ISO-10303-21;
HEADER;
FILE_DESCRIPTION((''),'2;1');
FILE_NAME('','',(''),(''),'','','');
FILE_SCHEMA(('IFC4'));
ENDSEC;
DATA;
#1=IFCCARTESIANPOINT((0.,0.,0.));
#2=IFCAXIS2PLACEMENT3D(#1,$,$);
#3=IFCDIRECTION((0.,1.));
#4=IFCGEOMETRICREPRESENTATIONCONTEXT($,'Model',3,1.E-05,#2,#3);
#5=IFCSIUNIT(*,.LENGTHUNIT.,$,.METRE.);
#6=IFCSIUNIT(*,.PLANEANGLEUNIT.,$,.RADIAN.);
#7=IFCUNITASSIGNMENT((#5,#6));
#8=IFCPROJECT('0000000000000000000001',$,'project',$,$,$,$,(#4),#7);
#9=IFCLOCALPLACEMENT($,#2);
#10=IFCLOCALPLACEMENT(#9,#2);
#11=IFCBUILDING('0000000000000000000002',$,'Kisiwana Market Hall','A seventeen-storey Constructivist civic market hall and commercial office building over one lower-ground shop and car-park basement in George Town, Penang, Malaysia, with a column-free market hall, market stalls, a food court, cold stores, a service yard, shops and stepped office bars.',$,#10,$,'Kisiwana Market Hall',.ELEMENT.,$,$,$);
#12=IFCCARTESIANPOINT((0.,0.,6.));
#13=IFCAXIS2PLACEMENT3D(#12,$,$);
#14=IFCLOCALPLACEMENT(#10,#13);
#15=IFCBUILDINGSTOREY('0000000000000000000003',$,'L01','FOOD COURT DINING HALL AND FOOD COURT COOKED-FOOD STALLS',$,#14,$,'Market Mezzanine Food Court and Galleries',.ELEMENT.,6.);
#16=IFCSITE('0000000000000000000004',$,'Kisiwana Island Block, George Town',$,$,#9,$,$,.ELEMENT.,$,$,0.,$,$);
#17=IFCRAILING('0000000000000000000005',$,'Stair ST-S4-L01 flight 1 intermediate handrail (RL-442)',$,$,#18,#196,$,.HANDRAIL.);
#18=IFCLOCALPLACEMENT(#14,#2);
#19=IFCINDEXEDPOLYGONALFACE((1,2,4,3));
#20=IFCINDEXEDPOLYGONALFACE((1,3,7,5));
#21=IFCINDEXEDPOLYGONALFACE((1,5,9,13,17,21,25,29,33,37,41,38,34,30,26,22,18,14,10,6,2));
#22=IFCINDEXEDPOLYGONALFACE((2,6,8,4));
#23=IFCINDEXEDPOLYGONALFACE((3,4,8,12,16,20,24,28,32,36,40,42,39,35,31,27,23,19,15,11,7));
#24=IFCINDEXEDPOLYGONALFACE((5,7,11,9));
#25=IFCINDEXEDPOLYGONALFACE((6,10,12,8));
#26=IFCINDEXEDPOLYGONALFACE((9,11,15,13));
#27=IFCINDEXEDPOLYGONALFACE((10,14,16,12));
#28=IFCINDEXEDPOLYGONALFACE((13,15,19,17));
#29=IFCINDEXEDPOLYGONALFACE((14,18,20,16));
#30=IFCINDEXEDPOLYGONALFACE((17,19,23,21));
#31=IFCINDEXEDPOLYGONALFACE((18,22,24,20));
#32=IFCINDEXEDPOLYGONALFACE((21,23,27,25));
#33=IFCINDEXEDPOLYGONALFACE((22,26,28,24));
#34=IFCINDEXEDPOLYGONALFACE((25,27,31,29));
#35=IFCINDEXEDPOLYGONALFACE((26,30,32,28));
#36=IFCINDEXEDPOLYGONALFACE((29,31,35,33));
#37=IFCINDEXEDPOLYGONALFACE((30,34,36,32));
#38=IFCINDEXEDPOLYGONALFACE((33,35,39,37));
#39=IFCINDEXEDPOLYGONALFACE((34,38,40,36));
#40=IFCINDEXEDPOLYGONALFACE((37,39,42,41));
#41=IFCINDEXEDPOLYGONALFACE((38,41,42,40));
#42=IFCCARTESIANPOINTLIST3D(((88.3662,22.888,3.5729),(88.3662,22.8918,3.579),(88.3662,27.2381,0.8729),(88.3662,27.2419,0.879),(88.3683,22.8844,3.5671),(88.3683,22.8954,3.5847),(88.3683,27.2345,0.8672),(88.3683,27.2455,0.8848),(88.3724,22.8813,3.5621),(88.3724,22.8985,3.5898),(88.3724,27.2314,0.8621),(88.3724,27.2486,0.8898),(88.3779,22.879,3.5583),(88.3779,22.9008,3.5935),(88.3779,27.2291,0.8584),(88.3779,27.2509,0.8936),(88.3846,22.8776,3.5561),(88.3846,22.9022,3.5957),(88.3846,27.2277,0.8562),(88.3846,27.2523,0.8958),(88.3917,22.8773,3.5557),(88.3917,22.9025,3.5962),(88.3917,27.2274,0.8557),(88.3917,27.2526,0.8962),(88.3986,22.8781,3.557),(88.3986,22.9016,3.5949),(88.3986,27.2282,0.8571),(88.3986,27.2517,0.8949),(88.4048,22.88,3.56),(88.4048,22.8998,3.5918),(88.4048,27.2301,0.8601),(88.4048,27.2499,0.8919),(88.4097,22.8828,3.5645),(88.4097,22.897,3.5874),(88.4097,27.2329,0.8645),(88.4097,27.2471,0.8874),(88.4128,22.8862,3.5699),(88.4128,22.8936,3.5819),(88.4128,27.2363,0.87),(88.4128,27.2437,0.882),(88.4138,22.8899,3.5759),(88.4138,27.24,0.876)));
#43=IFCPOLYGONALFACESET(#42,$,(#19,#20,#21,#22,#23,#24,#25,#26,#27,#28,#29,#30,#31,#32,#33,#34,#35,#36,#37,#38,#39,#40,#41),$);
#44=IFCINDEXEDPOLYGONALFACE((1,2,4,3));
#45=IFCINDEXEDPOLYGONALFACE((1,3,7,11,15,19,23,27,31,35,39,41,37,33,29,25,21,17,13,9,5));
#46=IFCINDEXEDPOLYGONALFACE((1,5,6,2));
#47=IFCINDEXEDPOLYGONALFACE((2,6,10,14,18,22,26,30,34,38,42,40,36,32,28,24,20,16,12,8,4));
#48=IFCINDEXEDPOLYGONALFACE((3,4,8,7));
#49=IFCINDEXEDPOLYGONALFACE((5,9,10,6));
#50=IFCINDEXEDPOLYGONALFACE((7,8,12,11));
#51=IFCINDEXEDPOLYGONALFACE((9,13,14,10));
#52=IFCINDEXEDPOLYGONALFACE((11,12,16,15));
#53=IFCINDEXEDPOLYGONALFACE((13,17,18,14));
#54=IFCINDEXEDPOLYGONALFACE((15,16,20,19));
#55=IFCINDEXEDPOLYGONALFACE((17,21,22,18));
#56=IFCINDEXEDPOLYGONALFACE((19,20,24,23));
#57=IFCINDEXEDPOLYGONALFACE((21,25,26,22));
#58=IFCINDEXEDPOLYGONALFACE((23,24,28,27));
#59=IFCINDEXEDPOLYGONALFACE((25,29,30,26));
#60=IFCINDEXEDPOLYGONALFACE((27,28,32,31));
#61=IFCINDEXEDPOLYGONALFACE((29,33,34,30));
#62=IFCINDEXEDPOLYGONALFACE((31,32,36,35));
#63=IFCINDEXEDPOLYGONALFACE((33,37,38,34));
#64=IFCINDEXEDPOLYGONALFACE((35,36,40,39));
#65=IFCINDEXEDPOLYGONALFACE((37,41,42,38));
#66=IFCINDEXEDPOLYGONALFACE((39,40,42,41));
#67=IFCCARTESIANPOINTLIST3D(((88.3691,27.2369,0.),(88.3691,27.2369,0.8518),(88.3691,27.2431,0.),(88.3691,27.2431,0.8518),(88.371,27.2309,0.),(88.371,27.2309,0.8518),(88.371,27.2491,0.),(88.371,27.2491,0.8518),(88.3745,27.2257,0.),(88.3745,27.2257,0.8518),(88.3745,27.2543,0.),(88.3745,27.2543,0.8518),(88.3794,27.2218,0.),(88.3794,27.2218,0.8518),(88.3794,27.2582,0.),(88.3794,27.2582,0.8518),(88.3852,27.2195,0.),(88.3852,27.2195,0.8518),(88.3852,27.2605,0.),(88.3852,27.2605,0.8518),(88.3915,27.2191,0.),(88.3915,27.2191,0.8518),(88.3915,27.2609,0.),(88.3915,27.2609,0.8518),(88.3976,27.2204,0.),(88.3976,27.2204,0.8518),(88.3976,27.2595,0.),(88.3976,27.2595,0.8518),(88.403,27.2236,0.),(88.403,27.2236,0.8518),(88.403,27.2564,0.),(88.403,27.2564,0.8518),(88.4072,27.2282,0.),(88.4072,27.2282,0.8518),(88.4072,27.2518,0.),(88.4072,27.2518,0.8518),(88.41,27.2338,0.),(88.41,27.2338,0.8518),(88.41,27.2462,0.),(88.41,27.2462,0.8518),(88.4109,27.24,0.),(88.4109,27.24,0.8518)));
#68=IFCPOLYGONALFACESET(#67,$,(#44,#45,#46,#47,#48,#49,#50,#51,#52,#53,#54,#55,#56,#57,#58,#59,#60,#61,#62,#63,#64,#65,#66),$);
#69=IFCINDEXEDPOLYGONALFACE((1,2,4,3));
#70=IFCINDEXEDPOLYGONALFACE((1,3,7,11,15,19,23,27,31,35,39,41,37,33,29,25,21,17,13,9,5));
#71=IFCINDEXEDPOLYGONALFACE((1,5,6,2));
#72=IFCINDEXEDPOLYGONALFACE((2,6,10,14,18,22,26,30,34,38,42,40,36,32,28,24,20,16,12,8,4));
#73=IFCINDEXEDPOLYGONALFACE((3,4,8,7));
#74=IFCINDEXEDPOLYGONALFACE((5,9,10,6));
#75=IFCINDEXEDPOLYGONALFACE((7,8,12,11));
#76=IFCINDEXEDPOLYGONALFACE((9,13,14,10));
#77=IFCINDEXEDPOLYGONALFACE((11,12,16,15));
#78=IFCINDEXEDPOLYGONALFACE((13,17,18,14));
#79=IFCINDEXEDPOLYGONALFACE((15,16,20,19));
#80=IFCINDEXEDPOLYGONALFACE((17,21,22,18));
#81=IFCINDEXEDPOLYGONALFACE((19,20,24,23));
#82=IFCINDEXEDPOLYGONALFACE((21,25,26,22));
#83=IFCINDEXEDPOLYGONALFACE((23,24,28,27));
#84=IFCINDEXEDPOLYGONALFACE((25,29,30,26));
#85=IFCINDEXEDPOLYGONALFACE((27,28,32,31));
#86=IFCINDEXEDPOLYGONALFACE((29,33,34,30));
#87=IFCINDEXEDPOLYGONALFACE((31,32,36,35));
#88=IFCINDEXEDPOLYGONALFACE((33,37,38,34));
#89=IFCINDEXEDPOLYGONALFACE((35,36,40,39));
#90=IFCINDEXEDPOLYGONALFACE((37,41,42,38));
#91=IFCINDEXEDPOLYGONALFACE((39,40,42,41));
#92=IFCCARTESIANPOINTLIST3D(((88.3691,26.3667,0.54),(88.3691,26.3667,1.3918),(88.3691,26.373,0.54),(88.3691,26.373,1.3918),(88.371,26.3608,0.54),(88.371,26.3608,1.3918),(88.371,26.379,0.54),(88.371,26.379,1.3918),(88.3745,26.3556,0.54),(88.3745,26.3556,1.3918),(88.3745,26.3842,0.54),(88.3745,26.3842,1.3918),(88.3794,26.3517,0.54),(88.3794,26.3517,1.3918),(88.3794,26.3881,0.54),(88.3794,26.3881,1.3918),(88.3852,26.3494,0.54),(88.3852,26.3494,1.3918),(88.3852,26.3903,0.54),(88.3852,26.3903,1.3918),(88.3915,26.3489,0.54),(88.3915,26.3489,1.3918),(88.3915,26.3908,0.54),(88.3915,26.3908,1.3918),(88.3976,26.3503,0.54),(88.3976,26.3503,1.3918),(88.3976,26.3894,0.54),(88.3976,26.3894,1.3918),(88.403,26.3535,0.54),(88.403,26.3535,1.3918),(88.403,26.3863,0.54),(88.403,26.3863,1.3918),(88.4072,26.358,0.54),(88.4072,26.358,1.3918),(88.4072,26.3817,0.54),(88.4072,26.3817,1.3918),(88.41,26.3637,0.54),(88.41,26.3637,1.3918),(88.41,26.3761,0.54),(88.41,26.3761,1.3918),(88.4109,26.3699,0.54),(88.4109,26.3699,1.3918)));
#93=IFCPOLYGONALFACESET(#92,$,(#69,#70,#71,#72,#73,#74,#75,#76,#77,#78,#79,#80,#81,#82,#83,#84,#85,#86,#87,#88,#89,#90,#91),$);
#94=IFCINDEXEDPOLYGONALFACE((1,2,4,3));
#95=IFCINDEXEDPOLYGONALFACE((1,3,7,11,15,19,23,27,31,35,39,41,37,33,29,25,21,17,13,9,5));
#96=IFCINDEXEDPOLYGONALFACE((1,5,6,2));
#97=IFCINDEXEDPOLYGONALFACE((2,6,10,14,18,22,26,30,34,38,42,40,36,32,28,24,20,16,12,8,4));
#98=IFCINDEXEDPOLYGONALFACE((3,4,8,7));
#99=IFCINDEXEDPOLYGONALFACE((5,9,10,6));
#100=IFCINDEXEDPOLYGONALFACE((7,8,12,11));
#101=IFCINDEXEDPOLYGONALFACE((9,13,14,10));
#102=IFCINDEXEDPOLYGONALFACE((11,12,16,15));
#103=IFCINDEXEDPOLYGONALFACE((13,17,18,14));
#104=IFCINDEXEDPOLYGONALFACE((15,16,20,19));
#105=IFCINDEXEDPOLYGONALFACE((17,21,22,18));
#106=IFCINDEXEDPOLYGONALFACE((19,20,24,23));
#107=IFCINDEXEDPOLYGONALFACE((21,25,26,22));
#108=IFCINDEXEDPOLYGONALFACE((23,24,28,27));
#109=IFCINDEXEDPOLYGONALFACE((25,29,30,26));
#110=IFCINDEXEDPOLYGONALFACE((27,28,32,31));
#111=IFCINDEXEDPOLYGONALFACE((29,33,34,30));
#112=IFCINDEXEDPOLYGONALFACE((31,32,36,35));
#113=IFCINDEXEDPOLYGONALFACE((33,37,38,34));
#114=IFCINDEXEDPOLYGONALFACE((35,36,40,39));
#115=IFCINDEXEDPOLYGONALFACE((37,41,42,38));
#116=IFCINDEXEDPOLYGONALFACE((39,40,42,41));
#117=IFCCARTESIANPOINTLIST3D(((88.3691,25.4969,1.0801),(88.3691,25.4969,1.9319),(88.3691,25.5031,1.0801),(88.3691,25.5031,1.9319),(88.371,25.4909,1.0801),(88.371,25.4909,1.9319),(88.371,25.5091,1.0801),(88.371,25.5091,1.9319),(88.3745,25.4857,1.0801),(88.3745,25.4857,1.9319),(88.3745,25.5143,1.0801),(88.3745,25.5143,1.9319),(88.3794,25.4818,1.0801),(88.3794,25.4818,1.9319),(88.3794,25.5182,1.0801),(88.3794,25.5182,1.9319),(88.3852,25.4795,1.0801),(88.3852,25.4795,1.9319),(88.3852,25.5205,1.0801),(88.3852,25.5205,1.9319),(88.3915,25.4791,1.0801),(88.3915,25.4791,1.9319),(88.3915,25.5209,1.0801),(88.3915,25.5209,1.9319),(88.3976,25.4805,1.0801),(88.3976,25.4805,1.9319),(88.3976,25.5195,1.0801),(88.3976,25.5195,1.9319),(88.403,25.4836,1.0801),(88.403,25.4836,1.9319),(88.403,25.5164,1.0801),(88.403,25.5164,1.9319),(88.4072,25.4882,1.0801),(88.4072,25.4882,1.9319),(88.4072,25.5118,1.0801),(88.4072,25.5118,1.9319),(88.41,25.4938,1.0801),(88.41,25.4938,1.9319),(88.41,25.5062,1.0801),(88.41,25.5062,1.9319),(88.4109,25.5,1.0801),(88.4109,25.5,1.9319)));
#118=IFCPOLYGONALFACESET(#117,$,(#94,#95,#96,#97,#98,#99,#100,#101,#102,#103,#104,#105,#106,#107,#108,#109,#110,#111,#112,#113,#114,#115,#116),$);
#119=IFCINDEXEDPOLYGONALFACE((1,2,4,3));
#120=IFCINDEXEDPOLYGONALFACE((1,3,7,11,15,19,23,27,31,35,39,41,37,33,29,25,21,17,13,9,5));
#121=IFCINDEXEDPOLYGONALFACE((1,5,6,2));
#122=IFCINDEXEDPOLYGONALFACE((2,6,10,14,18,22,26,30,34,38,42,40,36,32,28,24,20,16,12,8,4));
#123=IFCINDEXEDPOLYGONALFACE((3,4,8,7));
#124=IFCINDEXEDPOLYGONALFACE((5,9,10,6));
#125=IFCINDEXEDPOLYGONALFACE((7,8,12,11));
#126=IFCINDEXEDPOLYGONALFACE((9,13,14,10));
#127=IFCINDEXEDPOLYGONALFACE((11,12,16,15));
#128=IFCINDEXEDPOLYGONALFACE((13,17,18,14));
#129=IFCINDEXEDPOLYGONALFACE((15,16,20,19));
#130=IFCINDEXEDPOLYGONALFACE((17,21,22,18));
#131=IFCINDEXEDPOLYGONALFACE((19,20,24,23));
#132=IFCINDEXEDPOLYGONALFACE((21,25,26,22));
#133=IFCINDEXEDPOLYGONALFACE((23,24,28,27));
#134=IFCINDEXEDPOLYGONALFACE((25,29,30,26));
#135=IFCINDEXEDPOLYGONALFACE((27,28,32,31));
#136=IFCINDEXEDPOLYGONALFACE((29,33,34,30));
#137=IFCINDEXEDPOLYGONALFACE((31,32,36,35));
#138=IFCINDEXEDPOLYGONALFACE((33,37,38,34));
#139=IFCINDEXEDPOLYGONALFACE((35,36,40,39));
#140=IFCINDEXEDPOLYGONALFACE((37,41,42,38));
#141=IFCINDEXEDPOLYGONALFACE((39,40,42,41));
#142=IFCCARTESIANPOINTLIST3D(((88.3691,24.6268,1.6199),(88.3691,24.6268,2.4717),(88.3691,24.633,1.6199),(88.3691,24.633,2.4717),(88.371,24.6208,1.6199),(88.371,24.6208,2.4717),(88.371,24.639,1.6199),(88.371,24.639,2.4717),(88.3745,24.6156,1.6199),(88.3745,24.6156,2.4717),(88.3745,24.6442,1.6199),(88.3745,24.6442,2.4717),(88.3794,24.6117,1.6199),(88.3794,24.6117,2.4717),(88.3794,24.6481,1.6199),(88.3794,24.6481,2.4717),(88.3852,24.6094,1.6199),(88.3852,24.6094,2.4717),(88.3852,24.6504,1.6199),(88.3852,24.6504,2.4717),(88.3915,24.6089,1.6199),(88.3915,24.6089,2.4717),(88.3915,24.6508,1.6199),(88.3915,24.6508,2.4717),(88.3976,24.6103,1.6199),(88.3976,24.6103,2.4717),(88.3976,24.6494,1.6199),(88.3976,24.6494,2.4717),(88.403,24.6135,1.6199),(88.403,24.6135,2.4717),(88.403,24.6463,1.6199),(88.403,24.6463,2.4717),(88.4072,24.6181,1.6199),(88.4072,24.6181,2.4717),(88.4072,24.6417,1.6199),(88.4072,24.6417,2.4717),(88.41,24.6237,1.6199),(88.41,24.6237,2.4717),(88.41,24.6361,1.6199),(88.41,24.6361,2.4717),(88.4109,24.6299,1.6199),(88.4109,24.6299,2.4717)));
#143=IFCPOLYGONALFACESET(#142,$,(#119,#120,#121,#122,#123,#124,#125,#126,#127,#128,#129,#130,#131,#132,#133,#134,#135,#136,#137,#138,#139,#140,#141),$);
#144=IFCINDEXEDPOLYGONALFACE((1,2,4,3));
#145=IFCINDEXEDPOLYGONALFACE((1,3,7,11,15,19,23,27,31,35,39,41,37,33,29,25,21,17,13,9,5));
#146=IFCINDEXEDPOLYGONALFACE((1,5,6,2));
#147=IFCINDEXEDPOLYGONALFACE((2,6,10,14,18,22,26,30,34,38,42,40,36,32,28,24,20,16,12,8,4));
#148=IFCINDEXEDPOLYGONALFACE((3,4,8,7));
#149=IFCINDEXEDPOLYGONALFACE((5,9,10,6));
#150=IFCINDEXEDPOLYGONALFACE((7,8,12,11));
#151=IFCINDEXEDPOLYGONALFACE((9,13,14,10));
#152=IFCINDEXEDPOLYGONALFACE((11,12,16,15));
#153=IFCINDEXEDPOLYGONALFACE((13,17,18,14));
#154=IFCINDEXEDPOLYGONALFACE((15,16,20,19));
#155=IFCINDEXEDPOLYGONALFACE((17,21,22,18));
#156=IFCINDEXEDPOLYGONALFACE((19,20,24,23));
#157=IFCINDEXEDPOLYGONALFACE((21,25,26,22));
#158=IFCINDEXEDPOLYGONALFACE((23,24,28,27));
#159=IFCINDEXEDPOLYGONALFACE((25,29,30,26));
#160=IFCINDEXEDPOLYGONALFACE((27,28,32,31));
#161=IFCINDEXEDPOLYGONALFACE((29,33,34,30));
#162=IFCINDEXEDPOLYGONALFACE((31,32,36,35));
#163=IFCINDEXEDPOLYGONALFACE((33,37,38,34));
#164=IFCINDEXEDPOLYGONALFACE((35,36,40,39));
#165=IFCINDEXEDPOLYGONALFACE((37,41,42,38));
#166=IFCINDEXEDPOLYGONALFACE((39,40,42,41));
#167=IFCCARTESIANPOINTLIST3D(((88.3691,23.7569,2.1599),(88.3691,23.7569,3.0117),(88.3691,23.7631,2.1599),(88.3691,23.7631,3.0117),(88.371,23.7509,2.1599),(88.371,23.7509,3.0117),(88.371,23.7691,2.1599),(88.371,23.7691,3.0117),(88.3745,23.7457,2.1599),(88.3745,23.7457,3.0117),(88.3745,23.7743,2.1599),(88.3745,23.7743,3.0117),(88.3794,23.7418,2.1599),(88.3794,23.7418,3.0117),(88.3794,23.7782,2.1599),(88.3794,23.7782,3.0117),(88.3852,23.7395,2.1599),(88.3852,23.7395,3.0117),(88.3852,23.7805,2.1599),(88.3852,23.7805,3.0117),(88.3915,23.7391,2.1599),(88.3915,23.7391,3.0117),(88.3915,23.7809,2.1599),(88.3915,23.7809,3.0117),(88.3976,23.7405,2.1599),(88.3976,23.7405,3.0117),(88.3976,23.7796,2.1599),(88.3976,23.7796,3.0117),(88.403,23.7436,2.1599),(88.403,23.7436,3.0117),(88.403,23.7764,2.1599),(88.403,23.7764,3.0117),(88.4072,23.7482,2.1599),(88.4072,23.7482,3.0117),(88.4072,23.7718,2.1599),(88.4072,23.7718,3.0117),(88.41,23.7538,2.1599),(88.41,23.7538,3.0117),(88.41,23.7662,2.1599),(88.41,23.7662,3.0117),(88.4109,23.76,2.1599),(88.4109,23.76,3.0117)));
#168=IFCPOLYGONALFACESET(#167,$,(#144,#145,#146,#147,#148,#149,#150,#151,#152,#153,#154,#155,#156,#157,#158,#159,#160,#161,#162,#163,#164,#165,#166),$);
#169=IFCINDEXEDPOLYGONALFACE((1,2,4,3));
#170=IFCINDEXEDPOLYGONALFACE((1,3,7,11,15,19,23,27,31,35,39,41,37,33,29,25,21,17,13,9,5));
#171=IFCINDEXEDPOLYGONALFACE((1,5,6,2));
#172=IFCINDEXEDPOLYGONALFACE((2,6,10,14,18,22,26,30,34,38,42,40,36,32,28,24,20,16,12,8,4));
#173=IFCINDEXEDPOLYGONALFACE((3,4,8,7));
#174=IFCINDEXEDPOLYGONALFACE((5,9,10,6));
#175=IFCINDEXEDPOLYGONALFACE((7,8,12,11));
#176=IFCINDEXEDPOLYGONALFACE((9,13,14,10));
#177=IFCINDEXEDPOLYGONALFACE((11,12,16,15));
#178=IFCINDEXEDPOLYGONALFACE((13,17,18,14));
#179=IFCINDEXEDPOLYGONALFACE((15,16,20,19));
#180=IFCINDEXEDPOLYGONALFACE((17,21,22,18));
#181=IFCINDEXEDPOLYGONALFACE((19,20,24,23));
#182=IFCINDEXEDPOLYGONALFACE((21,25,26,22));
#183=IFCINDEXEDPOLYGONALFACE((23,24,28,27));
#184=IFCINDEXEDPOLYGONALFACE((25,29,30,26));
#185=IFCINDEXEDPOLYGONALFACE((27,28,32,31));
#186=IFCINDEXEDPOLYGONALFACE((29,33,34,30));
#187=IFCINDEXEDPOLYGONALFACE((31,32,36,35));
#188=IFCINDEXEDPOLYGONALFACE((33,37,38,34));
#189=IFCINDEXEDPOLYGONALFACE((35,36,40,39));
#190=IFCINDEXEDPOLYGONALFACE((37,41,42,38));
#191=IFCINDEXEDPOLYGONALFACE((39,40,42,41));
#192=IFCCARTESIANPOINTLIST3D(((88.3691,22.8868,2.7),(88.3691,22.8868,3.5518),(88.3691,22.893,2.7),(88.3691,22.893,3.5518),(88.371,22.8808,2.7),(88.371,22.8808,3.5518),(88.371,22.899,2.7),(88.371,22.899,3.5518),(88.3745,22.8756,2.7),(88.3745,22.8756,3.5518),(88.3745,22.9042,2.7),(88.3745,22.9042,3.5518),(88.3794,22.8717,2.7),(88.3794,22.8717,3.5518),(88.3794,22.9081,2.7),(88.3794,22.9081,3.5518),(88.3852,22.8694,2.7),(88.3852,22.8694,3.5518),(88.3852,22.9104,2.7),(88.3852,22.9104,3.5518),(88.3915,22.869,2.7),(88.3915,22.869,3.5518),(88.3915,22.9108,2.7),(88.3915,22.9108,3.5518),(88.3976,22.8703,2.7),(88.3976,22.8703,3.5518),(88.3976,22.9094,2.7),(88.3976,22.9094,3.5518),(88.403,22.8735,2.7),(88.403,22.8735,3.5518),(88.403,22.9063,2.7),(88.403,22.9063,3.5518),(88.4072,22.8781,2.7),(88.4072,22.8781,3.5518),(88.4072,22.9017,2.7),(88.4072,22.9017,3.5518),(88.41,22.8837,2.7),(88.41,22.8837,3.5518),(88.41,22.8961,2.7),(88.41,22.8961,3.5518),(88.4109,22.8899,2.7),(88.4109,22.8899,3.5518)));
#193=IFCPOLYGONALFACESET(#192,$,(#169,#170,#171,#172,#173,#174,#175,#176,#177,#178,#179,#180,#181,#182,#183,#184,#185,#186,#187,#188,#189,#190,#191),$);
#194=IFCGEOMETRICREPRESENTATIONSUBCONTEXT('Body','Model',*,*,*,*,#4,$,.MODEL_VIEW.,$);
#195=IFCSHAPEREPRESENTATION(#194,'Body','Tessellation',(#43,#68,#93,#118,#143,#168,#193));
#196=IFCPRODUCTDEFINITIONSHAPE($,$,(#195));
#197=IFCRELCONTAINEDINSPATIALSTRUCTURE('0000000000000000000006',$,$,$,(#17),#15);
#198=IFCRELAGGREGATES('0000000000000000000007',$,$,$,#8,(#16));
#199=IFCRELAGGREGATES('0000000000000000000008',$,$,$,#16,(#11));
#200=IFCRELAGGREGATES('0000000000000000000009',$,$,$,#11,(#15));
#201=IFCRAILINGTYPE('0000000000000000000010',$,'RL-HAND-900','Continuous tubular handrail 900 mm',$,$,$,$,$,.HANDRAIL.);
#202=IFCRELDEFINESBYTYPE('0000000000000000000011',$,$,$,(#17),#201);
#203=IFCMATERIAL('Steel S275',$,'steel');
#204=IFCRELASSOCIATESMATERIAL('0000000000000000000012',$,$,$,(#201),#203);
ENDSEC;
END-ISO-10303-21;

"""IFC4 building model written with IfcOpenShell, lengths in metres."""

from ifc_helpers import new_model, si_unit, direction, frame, origin, origin_2d, place, context, subcontext, project, spatial, circle, extrude, material, type_object, element, save


model = new_model("IFC4")

# Units and contexts
model_context = context("Model", 3, precision=1e-05, world=origin(), true_north=direction((0.0, 1.0)))
body_context = subcontext(model_context, "Body", "Model", "MODEL_VIEW")
ifc_project = project(units=[si_unit("LENGTHUNIT", "METRE"), si_unit("PLANEANGLEUNIT", "RADIAN")], contexts=[model_context])

# Site, building, storey
site_placement = place(None, origin())
site = spatial("IfcSite", under=ifc_project, at=site_placement, Name="Kisiwana Island Block, George Town", CompositionType="ELEMENT", RefElevation=0.0)
building_placement = place(site_placement, origin())
building = spatial("IfcBuilding", under=site, at=building_placement, Name="Kisiwana Market Hall", Description="A seventeen-storey Constructivist civic market hall and commercial office building over one lower-ground shop and car-park basement in George Town, Penang, Malaysia, with a column-free market hall, market stalls, a food court, cold stores, a service yard, shops and stepped office bars.", LongName="Kisiwana Market Hall", CompositionType="ELEMENT")
storey_placement = place(building_placement, frame((0.0, 0.0, 6.0)))
storey = spatial("IfcBuildingStorey", under=building, at=storey_placement, Name="L01", Description="FOOD COURT DINING HALL AND FOOD COURT COOKED-FOOD STALLS", LongName="Market Mezzanine Food Court and Galleries", CompositionType="ELEMENT", Elevation=6.0)

# Railing
ifc_material_1 = material(Name="Steel S275", Category="steel")
railing_type_1 = type_object("IfcRailingType", Name="RL-HAND-900", Description="Continuous tubular handrail 900 mm", PredefinedType="HANDRAIL", material=ifc_material_1)
railing_1_placement = place(storey_placement, frame((88.3899, 27.24, 0.0)))
element("IfcRailing", 1, at=railing_1_placement, inside=storey, type_object=railing_type_1, Name="Stair ST-S4-L01 flight 1 intermediate handrail (RL-442)", PredefinedType="HANDRAIL", context=body_context, shape_type="SweptSolid", body=[
    extrude(circle(Radius=0.0239, at=origin_2d()), frame((0.0, 0.0, 0.876), z_axis=(0.0, -0.84965, 0.527347), x_axis=(1.0, 0.0, 0.0)), (0.0, 0.0, 1.0), 5.1199),
    extrude(circle(Radius=0.021, at=origin_2d()), origin(), (0.0, 0.0, 1.0), 0.8518),
    extrude(circle(Radius=0.021, at=origin_2d()), frame((0.0, -0.8701, 0.54)), (0.0, 0.0, 1.0), 0.8518),
    extrude(circle(Radius=0.021, at=origin_2d()), frame((0.0, -1.74, 1.0801)), (0.0, 0.0, 1.0), 0.8518),
    extrude(circle(Radius=0.021, at=origin_2d()), frame((0.0, -2.6101, 1.6199)), (0.0, 0.0, 1.0), 0.8518),
    extrude(circle(Radius=0.021, at=origin_2d()), frame((0.0, -3.48, 2.1599)), (0.0, 0.0, 1.0), 0.8518),
    extrude(circle(Radius=0.021, at=origin_2d()), frame((0.0, -4.3501, 2.7)), (0.0, 0.0, 1.0), 0.8518),
])

save(model, "model.ifc")
